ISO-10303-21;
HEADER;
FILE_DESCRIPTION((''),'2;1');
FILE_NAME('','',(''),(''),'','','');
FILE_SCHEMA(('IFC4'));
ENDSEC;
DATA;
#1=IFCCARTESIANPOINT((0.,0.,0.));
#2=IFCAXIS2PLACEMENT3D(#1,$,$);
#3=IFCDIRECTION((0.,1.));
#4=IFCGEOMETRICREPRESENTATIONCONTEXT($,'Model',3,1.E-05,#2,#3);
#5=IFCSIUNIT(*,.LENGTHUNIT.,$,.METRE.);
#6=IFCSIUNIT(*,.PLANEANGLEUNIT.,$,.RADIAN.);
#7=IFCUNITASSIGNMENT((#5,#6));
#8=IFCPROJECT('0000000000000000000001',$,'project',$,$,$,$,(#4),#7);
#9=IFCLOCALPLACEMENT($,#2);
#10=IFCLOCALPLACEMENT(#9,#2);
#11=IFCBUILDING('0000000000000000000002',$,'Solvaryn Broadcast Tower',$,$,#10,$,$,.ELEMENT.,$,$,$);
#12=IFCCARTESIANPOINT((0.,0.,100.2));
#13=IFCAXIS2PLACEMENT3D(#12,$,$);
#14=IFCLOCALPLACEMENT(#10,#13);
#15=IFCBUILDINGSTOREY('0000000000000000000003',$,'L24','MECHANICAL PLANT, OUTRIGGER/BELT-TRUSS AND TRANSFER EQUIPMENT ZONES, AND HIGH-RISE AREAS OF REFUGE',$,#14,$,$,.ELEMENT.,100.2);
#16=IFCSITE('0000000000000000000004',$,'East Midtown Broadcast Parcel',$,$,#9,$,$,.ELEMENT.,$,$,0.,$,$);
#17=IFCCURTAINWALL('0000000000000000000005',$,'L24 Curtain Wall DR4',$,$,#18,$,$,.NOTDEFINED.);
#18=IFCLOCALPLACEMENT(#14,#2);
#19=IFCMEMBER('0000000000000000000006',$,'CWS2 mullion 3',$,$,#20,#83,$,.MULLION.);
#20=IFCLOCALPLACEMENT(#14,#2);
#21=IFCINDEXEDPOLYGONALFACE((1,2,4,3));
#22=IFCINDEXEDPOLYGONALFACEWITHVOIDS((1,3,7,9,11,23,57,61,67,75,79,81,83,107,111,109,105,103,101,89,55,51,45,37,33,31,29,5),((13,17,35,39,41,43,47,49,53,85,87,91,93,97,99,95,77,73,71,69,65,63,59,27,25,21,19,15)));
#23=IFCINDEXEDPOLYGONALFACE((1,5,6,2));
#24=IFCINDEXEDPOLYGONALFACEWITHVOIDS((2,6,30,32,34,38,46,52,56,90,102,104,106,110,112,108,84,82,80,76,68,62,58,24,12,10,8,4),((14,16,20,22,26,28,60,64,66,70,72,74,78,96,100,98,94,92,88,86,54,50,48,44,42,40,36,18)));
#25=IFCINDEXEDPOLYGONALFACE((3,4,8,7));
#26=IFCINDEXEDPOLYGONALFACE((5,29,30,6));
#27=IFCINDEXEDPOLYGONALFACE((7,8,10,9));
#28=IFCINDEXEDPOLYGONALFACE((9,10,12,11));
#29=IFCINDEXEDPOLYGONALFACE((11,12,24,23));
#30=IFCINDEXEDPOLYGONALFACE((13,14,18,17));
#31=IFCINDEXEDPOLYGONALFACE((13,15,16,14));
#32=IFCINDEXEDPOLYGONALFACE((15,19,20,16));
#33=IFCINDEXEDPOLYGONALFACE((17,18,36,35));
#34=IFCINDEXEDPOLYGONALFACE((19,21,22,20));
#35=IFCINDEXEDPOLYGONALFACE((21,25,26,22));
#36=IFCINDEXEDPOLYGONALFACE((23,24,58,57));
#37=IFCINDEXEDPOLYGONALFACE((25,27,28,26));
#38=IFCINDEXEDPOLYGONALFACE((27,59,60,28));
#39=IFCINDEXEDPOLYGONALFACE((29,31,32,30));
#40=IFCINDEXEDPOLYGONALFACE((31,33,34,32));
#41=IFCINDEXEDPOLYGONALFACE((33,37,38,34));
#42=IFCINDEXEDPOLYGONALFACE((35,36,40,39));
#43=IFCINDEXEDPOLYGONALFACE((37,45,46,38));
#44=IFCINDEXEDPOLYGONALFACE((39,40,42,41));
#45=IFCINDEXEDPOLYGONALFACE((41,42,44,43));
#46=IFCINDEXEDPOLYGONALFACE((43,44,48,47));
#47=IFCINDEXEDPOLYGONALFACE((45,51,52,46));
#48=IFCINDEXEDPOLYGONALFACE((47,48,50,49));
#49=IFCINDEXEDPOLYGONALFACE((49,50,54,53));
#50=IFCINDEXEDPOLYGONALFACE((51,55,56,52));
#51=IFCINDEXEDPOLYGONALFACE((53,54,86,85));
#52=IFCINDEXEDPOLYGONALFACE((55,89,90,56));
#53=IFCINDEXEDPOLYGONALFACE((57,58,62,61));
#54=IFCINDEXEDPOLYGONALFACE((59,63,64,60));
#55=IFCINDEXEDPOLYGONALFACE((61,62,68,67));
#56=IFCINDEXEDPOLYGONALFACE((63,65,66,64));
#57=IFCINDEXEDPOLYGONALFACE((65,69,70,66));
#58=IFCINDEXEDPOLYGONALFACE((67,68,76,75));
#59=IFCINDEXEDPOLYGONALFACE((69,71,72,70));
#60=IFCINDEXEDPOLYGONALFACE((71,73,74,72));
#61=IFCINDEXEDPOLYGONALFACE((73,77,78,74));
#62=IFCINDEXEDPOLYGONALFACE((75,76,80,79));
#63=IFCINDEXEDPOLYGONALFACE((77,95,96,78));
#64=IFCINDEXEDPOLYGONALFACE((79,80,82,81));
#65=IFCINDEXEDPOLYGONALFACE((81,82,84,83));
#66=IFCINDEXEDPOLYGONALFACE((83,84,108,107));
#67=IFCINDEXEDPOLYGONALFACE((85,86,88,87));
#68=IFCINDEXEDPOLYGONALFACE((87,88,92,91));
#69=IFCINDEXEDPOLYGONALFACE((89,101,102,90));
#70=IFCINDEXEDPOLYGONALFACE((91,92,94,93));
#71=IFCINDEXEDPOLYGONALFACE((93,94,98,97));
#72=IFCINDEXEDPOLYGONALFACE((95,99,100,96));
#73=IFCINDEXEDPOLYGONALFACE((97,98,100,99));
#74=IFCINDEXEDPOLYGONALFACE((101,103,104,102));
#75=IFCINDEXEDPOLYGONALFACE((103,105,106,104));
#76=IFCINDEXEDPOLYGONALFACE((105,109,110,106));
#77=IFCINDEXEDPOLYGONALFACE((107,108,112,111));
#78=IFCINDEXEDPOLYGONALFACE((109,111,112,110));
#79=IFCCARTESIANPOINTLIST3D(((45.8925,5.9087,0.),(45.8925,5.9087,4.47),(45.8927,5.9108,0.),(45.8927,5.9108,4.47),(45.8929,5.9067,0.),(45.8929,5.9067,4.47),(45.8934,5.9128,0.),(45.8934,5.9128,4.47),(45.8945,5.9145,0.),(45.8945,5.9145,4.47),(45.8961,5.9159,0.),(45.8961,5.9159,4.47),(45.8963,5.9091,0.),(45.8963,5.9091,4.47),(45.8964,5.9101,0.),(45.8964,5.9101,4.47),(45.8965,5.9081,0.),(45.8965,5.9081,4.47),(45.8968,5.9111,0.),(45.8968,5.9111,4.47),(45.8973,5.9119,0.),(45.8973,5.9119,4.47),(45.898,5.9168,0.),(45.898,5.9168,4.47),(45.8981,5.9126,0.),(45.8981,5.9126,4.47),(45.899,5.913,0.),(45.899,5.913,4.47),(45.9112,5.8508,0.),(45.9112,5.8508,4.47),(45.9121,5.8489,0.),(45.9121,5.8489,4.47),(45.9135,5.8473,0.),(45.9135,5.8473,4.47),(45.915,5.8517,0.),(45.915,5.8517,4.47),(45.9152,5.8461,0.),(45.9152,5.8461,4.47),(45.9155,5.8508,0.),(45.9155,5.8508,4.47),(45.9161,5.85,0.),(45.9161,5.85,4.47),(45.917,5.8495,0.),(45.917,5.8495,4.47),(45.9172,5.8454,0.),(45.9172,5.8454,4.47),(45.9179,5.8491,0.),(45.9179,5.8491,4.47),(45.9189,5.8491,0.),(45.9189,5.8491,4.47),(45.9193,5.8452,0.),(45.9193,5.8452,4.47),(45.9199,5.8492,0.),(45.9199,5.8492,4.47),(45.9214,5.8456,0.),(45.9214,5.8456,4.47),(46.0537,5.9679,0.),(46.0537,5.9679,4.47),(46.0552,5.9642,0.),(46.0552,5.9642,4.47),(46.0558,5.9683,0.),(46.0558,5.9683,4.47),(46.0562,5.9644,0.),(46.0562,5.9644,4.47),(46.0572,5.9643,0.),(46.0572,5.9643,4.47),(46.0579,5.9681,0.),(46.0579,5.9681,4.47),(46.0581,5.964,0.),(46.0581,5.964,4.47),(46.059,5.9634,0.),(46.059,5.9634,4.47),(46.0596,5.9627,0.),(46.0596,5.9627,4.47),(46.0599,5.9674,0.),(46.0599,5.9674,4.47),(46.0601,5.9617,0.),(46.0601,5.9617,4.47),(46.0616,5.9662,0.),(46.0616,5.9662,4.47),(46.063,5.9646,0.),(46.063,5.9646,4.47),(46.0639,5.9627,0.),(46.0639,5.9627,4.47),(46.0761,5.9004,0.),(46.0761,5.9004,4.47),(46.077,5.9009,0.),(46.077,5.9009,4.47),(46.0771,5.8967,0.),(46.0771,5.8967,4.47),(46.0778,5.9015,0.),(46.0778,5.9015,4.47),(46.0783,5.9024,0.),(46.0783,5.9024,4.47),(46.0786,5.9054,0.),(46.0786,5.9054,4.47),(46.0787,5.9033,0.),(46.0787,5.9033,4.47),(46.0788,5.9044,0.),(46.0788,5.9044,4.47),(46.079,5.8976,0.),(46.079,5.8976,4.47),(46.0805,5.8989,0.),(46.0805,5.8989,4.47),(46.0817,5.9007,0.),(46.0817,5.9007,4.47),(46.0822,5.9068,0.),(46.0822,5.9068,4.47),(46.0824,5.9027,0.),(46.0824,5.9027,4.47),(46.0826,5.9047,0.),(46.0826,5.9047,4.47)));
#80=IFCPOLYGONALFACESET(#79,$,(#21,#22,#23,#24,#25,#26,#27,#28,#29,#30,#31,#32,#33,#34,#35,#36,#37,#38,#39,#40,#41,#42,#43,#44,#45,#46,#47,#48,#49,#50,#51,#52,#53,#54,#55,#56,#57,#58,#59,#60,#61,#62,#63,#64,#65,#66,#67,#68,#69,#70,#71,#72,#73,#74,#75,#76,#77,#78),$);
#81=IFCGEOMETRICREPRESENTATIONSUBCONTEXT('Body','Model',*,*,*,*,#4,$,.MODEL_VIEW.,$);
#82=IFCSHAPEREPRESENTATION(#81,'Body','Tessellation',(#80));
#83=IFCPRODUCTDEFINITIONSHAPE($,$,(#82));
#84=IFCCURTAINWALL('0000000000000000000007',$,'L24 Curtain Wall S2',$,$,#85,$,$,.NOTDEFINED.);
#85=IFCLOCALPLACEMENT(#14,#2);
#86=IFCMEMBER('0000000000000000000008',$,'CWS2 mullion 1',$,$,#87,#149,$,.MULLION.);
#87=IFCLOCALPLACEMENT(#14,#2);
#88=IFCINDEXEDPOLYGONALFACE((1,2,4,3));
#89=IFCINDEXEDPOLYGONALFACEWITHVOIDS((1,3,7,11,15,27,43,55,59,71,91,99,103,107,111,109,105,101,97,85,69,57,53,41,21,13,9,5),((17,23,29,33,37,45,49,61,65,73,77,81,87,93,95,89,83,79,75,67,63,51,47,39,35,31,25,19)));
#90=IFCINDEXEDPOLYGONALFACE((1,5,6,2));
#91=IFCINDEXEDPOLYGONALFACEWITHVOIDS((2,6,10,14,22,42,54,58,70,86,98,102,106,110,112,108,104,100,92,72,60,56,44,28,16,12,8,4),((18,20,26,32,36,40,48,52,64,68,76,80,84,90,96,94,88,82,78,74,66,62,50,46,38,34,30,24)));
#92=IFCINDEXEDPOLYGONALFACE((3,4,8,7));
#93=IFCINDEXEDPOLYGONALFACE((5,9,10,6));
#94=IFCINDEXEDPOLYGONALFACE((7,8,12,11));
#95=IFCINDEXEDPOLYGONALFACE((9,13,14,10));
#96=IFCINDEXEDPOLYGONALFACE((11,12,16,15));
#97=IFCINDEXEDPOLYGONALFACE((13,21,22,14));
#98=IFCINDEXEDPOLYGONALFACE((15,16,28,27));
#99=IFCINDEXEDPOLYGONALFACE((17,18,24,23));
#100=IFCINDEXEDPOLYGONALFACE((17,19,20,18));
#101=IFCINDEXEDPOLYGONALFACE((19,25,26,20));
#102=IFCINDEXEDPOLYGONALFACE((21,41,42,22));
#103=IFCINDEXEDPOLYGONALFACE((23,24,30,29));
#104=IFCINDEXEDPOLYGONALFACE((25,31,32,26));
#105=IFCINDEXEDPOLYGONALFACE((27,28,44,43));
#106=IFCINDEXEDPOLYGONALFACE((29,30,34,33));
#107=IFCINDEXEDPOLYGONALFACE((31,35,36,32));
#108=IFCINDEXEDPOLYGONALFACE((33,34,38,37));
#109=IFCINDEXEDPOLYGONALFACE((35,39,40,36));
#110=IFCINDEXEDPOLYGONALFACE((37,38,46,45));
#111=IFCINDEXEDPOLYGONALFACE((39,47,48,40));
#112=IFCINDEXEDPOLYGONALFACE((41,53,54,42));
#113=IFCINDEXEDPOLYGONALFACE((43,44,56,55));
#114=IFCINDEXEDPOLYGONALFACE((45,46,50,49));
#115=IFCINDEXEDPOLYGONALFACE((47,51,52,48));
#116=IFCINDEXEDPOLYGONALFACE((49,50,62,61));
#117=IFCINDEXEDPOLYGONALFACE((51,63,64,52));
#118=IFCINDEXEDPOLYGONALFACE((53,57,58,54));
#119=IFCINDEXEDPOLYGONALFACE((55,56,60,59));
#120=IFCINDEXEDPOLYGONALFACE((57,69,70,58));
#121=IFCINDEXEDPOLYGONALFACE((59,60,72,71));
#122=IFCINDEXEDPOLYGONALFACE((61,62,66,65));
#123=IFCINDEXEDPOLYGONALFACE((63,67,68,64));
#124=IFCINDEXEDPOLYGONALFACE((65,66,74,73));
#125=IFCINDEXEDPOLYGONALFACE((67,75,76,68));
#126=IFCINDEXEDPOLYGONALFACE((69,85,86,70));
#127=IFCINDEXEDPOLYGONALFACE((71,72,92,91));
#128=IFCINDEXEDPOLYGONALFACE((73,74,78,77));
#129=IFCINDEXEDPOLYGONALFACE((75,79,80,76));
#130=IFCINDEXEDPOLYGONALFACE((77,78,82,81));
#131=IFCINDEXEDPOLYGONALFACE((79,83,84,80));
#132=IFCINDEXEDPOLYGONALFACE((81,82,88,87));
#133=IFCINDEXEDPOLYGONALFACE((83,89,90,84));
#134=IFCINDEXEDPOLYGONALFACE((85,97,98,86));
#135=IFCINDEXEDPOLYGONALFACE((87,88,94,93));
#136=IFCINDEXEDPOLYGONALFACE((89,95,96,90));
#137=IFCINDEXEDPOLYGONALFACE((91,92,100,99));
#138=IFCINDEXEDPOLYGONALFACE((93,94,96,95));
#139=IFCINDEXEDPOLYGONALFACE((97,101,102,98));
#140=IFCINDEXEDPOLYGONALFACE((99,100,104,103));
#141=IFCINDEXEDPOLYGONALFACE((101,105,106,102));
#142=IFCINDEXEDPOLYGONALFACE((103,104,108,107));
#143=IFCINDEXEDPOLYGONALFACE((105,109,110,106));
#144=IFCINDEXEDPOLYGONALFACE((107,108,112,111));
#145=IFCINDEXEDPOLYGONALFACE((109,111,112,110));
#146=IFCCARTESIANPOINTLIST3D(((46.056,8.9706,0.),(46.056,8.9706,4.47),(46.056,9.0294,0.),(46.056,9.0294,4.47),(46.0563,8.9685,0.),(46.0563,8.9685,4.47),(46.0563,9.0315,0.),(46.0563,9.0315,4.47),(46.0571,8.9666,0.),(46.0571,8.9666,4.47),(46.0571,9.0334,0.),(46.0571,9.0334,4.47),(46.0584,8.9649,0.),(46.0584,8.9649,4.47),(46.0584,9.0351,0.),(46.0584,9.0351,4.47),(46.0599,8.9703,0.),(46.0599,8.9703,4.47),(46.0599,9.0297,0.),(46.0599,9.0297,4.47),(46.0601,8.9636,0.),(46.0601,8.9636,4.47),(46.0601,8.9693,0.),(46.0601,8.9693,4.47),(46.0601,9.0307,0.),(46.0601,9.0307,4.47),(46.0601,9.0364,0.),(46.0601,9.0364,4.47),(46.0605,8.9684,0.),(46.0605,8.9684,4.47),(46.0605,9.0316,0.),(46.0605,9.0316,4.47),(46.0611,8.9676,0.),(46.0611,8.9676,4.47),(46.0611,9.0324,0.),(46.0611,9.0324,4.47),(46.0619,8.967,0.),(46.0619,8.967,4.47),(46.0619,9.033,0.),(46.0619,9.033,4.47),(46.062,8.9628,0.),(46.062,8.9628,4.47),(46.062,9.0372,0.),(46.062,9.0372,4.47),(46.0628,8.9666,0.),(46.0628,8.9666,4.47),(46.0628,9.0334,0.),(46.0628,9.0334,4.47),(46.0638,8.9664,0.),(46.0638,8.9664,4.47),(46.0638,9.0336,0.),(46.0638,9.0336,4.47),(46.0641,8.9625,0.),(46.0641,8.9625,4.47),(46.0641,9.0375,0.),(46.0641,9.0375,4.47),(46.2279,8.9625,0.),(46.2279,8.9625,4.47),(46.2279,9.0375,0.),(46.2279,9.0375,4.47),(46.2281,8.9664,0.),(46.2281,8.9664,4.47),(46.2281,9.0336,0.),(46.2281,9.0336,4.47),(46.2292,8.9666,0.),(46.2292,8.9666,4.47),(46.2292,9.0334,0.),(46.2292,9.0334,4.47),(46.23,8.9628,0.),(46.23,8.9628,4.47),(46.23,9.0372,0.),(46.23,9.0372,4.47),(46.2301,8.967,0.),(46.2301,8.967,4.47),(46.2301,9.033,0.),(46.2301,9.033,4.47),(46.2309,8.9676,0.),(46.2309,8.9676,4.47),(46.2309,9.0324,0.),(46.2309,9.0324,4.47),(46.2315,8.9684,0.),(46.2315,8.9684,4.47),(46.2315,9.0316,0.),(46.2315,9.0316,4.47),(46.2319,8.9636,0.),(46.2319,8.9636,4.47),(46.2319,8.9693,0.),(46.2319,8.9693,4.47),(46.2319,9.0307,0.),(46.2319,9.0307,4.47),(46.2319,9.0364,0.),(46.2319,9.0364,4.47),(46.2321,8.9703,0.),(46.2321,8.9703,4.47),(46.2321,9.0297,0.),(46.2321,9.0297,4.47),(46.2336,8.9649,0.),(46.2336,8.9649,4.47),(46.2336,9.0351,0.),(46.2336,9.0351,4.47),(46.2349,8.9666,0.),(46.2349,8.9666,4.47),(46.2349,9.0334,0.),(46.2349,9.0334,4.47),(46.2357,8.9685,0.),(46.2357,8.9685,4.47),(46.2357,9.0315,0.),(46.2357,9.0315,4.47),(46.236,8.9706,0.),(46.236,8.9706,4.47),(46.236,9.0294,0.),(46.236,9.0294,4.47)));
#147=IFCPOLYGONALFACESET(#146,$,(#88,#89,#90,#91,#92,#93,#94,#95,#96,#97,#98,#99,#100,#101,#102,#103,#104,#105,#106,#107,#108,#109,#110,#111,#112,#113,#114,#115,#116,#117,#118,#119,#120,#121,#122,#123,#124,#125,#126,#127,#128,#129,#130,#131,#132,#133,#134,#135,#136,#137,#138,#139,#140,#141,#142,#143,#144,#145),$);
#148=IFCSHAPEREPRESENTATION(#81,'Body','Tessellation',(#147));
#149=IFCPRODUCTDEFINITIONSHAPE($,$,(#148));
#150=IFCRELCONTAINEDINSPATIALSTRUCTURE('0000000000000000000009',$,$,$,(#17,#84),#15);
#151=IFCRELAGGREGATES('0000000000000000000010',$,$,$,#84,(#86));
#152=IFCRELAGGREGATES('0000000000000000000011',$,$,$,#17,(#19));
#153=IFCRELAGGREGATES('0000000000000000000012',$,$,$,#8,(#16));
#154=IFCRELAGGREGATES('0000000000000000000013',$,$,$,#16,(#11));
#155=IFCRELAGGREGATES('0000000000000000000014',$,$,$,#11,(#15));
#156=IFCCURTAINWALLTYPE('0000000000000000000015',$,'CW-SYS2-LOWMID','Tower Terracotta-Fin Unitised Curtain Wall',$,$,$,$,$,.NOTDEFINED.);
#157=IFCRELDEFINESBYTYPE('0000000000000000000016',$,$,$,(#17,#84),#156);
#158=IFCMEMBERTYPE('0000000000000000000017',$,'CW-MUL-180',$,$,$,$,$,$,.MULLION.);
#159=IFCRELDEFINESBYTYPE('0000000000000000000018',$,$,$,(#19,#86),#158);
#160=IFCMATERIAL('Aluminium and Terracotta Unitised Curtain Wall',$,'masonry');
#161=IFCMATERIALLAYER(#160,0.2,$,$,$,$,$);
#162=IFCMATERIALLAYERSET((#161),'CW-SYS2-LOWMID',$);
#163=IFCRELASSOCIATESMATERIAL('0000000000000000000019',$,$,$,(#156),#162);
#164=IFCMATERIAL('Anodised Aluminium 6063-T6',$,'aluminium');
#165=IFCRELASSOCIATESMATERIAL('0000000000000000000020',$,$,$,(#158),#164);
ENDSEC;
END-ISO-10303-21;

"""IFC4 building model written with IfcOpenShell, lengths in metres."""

from ifc_helpers import new_model, si_unit, direction, frame, origin, origin_2d, place, context, subcontext, project, spatial, hollow_rectangle, extrude, material, layer, layer_set, material_profile, profile_set, type_object, element, aggregate, save


model = new_model("IFC4")

# Units and contexts
model_context = context("Model", 3, precision=1e-05, world=origin(), true_north=direction((0.0, 1.0)))
body_context = subcontext(model_context, "Body", "Model", "MODEL_VIEW")
ifc_project = project(units=[si_unit("LENGTHUNIT", "METRE"), si_unit("PLANEANGLEUNIT", "RADIAN")], contexts=[model_context])

# Site, building, storey
site_placement = place(None, origin())
site = spatial("IfcSite", under=ifc_project, at=site_placement, Name="East Midtown Broadcast Parcel", CompositionType="ELEMENT", RefElevation=0.0)
building_placement = place(site_placement, origin())
building = spatial("IfcBuilding", under=site, at=building_placement, Name="Solvaryn Broadcast Tower", CompositionType="ELEMENT")
storey_placement = place(building_placement, frame((0.0, 0.0, 100.2)))
storey = spatial("IfcBuildingStorey", under=building, at=storey_placement, Name="L24", Description="MECHANICAL PLANT, OUTRIGGER/BELT-TRUSS AND TRANSFER EQUIPMENT ZONES, AND HIGH-RISE AREAS OF REFUGE", CompositionType="ELEMENT", Elevation=100.2)

# Curtain wall, member
ifc_material_1 = material(Name="Aluminium and Terracotta Unitised Curtain Wall", Category="masonry")
ifc_layer_1 = layer(ifc_material_1, 0.2)
ifc_layer_set_1 = layer_set([ifc_layer_1], Name="CW-SYS2-LOWMID")
curtain_wall_type = type_object("IfcCurtainWallType", Name="CW-SYS2-LOWMID", Description="Tower Terracotta-Fin Unitised Curtain Wall", PredefinedType="NOTDEFINED", material=ifc_layer_set_1)
curtain_wall_1_placement = place(storey_placement, origin())
curtain_wall_1 = element("IfcCurtainWall", 1, at=curtain_wall_1_placement, inside=storey, type_object=curtain_wall_type, Name="L24 Curtain Wall DR4", PredefinedType="NOTDEFINED")
ifc_material_2 = material(Name="Anodised Aluminium 6063-T6", Category="aluminium")
ifc_material_profile_1 = material_profile(ifc_material_2, hollow_rectangle(XDim=0.075, YDim=0.1799, WallThickness=0.0039, InnerFilletRadius=0.0039, OuterFilletRadius=0.0081, at=origin_2d()))
ifc_profile_set_1 = profile_set([ifc_material_profile_1], Name="Anodised Aluminium 6063-T6")
member_type_1 = type_object("IfcMemberType", Name="CW-MUL-180", PredefinedType="MULLION", material=ifc_profile_set_1)
member_1_placement = place(storey_placement, frame((45.9875, 5.9067, 0.0), z_axis=(0.0, 0.0, 1.0), x_axis=(-0.311594, 0.950215, 0.0)))
member_1 = element("IfcMember", 2, at=member_1_placement, type_object=member_type_1, Name="CWS2 mullion 3", PredefinedType="MULLION", context=body_context, shape_type="SweptSolid", body=[
    extrude(hollow_rectangle(XDim=0.075, YDim=0.1799, WallThickness=0.0039, InnerFilletRadius=0.0039, OuterFilletRadius=0.0081, at=origin_2d()), origin(), (0.0, 0.0, 1.0), 4.47),
])

# Curtain wall, member
curtain_wall_2_placement = place(storey_placement, origin())
curtain_wall_2 = element("IfcCurtainWall", 3, at=curtain_wall_2_placement, inside=storey, type_object=curtain_wall_type, Name="L24 Curtain Wall S2", PredefinedType="NOTDEFINED")
member_2_placement = place(storey_placement, frame((46.146, 9.0, 0.0), z_axis=(0.0, 0.0, 1.0), x_axis=(0.0, 1.0, 0.0)))
member_2 = element("IfcMember", 4, at=member_2_placement, type_object=member_type_1, Name="CWS2 mullion 1", PredefinedType="MULLION", context=body_context, shape_type="SweptSolid", body=[
    extrude(hollow_rectangle(XDim=0.075, YDim=0.1799, WallThickness=0.0039, InnerFilletRadius=0.0039, OuterFilletRadius=0.0081, at=origin_2d()), origin(), (0.0, 0.0, 1.0), 4.47),
])
aggregate(curtain_wall_2, [member_2])

aggregate(curtain_wall_1, [member_1])

save(model, "model.ifc")
